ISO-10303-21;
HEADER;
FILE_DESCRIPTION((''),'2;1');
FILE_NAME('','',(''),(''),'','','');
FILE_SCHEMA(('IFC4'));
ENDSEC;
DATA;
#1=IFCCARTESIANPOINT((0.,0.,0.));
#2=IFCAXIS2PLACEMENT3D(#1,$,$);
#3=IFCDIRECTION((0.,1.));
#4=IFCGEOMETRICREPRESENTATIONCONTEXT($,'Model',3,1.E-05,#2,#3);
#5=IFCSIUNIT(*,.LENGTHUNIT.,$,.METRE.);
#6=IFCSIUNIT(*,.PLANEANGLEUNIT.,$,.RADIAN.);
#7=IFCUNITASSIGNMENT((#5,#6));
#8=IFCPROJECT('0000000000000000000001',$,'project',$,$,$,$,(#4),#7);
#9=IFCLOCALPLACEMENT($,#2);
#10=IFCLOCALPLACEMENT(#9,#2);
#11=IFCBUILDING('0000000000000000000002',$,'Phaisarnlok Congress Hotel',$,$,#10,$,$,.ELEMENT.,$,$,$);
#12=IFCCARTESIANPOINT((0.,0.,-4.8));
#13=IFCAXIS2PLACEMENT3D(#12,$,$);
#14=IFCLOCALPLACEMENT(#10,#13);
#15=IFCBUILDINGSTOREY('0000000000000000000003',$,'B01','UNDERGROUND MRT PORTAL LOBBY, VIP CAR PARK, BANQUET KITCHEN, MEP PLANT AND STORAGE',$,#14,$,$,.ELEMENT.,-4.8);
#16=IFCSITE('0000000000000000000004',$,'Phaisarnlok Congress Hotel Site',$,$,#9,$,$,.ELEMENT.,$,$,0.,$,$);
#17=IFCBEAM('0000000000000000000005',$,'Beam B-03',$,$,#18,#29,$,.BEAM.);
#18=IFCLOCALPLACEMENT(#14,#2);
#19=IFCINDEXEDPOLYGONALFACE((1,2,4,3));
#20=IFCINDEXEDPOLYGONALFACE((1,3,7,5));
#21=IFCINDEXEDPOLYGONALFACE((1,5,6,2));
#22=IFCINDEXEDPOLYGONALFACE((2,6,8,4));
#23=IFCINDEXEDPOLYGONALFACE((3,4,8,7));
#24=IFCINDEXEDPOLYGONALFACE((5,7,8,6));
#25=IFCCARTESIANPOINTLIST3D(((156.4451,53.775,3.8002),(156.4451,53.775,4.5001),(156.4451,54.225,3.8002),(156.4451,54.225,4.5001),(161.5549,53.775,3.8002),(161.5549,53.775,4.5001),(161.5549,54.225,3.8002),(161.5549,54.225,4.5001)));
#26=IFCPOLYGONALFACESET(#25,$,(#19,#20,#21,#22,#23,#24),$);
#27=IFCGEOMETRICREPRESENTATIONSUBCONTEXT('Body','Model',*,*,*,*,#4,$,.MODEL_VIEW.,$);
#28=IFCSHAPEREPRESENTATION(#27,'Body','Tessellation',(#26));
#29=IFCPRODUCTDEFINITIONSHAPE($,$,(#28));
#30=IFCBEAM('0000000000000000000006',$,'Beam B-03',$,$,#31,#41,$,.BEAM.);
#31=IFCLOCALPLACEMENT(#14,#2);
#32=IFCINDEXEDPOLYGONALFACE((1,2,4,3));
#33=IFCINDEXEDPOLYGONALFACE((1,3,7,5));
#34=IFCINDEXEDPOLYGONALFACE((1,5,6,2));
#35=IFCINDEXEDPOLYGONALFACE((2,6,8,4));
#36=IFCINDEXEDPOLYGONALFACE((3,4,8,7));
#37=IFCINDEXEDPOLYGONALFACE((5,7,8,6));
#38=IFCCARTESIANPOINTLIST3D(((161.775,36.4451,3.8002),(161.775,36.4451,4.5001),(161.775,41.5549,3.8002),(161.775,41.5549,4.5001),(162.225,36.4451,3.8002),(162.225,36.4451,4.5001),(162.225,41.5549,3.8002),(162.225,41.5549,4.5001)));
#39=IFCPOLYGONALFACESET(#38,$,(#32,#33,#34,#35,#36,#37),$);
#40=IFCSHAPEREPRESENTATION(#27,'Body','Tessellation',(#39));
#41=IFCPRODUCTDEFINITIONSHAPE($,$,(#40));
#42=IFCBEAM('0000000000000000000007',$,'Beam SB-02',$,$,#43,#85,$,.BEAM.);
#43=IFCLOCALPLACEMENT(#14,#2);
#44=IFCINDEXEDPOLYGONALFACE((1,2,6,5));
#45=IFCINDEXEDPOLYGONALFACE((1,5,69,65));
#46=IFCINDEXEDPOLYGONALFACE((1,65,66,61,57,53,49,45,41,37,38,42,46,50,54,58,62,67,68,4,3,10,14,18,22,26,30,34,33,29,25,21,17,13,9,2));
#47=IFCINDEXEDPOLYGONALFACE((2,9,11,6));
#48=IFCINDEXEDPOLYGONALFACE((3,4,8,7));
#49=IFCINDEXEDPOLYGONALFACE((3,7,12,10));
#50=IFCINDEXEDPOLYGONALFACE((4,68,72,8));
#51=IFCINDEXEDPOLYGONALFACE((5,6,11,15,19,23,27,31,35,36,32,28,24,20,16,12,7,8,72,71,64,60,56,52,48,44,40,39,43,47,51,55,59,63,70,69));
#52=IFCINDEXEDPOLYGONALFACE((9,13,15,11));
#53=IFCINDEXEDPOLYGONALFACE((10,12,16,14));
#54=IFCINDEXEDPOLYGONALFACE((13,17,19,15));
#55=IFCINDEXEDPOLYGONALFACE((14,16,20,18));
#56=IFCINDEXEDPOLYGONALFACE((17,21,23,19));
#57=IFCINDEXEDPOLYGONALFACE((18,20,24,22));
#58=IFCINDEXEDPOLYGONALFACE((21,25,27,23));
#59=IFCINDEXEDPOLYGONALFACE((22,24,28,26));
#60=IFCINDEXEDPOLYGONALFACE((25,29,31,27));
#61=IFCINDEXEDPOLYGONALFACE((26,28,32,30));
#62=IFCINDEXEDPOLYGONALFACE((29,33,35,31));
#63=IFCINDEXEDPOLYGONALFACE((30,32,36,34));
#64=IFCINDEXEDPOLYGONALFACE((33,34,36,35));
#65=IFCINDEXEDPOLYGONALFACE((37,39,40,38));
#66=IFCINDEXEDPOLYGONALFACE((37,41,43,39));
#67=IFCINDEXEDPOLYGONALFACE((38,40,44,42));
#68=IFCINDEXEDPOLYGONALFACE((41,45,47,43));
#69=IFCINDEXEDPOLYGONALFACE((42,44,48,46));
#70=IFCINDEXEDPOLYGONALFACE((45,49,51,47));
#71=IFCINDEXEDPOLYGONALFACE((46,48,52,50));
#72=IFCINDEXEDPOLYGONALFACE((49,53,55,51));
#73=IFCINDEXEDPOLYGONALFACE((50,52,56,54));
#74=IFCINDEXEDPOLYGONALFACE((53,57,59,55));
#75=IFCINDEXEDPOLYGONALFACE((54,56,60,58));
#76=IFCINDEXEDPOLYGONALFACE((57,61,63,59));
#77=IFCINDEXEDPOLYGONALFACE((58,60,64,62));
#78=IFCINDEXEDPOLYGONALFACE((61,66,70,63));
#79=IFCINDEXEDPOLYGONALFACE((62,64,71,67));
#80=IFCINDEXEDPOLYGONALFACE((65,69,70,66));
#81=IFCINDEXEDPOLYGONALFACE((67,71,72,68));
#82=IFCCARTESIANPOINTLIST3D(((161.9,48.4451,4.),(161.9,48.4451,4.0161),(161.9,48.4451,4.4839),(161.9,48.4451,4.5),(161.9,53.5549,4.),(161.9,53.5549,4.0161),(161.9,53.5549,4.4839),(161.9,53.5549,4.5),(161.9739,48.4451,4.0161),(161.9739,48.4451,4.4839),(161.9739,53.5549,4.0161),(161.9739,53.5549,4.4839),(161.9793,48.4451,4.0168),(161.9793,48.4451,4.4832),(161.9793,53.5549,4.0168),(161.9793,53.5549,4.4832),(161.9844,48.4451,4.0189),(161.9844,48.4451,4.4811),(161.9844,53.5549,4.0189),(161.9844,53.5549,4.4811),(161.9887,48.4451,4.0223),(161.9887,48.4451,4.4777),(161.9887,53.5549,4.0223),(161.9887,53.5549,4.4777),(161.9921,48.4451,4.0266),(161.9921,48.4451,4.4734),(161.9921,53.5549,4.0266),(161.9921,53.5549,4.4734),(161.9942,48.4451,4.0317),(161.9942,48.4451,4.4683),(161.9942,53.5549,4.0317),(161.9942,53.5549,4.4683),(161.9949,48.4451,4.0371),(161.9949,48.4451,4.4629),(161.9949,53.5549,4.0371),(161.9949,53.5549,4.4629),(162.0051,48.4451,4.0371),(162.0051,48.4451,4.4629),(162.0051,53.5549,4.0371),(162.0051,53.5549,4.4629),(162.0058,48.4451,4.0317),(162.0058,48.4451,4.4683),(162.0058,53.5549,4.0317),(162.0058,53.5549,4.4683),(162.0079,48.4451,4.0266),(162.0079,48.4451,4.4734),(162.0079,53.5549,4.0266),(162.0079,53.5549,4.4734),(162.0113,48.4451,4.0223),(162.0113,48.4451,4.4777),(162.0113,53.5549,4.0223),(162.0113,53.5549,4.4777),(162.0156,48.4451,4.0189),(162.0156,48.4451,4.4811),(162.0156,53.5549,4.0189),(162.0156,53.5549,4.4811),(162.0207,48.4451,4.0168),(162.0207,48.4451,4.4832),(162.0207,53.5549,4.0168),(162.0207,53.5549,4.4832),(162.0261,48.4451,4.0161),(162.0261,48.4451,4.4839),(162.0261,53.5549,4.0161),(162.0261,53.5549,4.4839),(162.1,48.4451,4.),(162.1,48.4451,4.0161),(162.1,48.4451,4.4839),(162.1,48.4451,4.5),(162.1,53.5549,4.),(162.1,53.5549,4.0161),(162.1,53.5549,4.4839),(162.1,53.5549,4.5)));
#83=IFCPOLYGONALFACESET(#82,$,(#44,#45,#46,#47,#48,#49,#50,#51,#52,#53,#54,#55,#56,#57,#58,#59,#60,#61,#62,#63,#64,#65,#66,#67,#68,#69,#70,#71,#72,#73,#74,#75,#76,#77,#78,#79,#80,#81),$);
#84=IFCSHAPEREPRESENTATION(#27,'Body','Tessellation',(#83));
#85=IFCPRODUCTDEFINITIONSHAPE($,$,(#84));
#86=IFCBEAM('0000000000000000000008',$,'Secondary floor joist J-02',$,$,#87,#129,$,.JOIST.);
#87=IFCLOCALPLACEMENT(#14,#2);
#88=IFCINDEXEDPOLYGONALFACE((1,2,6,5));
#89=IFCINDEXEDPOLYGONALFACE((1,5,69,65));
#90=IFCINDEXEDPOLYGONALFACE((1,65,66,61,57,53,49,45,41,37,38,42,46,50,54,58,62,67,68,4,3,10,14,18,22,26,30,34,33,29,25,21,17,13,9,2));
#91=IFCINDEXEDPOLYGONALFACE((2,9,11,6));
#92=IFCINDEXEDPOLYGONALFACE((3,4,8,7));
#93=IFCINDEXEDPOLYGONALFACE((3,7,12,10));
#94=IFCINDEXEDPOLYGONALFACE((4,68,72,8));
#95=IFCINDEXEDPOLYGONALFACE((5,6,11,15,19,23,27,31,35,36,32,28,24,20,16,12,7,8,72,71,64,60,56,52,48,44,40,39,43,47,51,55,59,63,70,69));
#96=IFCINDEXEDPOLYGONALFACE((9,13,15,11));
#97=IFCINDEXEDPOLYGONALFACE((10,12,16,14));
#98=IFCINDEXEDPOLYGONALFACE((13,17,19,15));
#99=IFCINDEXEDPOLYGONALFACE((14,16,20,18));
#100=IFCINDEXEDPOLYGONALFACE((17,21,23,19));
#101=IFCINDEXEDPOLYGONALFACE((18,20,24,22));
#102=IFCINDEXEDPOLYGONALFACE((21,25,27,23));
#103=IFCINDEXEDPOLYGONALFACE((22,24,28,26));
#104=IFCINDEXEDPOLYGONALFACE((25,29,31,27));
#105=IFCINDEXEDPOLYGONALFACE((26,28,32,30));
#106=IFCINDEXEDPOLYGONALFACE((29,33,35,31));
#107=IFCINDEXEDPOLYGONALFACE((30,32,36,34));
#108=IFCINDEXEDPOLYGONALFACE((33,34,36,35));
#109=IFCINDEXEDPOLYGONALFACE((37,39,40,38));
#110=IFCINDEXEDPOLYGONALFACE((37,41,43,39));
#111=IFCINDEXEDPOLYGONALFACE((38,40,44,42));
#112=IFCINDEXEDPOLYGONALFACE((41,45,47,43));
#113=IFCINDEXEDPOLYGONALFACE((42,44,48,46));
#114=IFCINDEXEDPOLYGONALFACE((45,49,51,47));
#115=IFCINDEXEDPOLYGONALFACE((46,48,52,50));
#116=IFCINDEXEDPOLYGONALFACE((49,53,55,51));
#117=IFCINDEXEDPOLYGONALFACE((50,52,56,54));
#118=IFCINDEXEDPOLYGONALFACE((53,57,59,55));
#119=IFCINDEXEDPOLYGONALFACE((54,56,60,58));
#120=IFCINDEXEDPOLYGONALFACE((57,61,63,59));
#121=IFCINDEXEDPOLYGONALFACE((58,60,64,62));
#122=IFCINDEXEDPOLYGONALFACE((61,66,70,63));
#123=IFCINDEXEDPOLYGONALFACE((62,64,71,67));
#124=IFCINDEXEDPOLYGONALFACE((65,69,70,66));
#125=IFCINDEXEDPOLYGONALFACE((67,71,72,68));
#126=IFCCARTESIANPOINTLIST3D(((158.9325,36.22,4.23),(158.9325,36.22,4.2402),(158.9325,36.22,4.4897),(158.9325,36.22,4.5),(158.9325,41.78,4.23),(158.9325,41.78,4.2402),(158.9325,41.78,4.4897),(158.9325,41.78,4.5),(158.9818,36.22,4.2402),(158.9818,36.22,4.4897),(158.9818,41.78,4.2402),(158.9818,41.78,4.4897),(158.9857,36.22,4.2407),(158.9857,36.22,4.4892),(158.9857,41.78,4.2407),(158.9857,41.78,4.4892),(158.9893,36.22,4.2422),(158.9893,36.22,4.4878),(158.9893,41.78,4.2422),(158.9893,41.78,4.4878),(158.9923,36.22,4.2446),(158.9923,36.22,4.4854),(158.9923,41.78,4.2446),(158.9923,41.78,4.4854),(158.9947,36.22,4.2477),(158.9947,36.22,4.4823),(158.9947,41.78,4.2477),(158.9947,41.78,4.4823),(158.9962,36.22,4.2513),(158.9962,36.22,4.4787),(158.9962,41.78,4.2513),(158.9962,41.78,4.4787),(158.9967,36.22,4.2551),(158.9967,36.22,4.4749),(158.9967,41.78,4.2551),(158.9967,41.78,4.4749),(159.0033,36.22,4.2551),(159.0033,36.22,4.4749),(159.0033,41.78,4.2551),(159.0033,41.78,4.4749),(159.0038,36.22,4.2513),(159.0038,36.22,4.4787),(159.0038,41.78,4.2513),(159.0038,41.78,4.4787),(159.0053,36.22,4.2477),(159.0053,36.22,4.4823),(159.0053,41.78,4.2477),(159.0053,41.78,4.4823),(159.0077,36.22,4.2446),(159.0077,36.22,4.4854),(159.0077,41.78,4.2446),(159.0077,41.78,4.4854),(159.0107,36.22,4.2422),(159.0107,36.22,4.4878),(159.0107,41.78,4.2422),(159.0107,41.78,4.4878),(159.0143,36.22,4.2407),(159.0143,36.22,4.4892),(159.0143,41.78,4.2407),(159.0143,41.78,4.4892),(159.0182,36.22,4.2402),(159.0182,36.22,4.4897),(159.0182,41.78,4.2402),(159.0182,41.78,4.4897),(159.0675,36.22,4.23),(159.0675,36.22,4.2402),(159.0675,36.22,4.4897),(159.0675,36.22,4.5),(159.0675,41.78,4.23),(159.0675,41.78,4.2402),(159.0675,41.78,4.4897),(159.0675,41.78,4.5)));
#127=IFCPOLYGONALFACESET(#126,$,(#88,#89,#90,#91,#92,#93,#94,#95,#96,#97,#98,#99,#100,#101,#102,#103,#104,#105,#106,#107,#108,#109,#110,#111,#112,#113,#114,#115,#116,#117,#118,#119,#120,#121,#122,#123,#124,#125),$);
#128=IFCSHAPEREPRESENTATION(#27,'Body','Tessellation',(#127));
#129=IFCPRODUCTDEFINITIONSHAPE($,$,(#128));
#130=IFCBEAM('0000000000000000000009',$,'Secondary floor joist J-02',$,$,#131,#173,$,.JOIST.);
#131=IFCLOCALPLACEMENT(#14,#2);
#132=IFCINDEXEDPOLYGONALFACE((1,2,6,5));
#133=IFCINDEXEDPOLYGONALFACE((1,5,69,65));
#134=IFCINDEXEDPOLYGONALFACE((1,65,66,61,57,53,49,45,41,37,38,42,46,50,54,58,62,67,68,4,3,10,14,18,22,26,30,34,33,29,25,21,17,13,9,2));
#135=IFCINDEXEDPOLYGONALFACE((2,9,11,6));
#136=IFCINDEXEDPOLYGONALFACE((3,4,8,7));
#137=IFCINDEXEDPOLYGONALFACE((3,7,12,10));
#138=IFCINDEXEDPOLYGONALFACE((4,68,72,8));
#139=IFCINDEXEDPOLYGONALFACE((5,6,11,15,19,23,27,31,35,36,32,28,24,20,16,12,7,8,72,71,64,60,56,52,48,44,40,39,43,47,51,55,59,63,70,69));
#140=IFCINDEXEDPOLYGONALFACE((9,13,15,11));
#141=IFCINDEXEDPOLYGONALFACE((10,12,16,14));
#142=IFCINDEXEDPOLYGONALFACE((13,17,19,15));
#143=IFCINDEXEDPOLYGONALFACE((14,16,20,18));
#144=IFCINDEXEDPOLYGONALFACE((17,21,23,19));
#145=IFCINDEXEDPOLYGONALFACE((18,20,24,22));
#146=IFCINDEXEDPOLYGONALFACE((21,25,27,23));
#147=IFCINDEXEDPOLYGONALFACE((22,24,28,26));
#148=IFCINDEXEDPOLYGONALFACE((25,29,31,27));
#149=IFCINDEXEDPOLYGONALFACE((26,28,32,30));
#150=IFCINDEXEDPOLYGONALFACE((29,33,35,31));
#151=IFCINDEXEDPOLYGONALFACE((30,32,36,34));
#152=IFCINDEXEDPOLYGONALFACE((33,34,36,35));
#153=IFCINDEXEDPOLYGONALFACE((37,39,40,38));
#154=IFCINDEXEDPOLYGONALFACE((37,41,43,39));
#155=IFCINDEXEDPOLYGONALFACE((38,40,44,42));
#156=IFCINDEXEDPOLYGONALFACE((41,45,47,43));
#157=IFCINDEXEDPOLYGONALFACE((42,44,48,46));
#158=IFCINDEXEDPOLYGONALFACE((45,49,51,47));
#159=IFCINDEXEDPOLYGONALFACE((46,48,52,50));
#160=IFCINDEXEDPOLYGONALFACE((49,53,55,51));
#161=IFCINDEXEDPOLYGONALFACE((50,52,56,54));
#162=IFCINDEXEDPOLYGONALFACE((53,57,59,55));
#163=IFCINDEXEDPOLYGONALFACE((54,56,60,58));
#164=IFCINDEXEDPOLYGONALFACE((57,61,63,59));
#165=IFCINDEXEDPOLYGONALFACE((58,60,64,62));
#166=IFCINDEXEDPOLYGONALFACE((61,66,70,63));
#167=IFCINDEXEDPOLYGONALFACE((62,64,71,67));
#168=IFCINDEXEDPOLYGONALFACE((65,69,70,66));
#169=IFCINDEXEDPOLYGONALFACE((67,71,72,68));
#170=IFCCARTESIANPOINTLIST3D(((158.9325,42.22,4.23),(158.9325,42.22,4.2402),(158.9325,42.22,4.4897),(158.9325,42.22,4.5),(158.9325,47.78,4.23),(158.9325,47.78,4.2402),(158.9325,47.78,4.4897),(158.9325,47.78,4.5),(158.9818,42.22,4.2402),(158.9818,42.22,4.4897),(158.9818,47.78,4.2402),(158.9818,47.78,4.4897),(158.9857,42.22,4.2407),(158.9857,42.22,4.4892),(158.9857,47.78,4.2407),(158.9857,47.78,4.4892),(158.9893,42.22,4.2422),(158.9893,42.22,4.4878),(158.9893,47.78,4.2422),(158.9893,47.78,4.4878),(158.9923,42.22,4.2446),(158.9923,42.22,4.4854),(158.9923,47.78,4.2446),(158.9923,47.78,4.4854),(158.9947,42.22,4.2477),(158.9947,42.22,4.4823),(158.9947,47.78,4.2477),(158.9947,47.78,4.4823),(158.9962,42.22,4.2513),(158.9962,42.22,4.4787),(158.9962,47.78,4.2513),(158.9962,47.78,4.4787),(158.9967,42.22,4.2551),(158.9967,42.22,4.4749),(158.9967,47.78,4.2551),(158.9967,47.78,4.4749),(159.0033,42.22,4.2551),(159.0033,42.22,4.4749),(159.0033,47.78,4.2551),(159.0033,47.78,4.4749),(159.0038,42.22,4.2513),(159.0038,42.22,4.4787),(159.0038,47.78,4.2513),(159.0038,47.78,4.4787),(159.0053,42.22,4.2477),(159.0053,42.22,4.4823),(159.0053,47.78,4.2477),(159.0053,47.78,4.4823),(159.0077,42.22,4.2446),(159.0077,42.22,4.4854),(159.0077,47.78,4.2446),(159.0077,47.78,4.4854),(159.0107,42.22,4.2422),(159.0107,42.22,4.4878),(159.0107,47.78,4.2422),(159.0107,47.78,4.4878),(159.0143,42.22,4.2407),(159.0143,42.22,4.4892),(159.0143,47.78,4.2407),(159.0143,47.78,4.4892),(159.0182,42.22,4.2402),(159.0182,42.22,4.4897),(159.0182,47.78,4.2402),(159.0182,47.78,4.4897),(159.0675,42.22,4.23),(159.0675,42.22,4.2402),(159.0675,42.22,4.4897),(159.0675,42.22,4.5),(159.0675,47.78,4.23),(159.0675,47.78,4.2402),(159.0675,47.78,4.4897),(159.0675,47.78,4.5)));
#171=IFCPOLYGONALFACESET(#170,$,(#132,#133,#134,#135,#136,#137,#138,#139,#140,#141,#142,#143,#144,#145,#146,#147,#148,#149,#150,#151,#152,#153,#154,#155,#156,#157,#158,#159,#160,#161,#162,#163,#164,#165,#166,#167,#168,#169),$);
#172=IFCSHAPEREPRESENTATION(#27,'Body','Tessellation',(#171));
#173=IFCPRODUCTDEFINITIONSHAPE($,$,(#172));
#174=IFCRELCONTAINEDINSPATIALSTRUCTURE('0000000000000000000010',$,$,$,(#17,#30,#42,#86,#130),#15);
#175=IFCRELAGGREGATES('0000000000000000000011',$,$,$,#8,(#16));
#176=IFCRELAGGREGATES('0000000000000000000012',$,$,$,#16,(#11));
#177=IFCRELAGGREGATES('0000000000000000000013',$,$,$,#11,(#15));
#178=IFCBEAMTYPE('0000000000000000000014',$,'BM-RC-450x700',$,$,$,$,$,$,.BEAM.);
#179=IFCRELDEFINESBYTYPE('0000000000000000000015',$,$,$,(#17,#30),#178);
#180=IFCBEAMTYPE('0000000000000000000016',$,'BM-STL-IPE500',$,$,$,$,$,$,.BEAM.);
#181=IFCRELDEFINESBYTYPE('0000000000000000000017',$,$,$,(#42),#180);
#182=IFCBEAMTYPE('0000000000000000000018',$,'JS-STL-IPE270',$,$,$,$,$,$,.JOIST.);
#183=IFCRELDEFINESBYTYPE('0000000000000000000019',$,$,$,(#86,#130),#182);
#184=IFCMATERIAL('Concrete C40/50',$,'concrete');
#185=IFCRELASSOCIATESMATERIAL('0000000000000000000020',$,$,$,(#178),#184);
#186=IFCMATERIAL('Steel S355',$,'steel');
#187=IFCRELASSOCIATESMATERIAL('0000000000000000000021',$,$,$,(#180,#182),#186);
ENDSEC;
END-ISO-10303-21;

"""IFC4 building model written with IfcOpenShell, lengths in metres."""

from ifc_helpers import new_model, si_unit, direction, frame, origin, origin_2d, place, context, subcontext, project, spatial, rectangle, i_section, extrude, material, material_profile, profile_set, type_object, element, save


model = new_model("IFC4")

# Units and contexts
model_context = context("Model", 3, precision=1e-05, world=origin(), true_north=direction((0.0, 1.0)))
body_context = subcontext(model_context, "Body", "Model", "MODEL_VIEW")
ifc_project = project(units=[si_unit("LENGTHUNIT", "METRE"), si_unit("PLANEANGLEUNIT", "RADIAN")], contexts=[model_context])

# Site, building, storey
site_placement = place(None, origin())
site = spatial("IfcSite", under=ifc_project, at=site_placement, Name="Phaisarnlok Congress Hotel Site", CompositionType="ELEMENT", RefElevation=0.0)
building_placement = place(site_placement, origin())
building = spatial("IfcBuilding", under=site, at=building_placement, Name="Phaisarnlok Congress Hotel", CompositionType="ELEMENT")
storey_placement = place(building_placement, frame((0.0, 0.0, -4.8)))
storey = spatial("IfcBuildingStorey", under=building, at=storey_placement, Name="B01", Description="UNDERGROUND MRT PORTAL LOBBY, VIP CAR PARK, BANQUET KITCHEN, MEP PLANT AND STORAGE", CompositionType="ELEMENT", Elevation=-4.8)

# Shared definitions
ifc_material_1 = material(Name="Concrete C40/50", Category="concrete")

# Beams
ifc_material_profile_1 = material_profile(ifc_material_1, rectangle(XDim=0.45, YDim=0.7, at=origin_2d()), Name="RC 450x700")
ifc_profile_set_1 = profile_set([ifc_material_profile_1], Name="Concrete C40/50")
beam_type_1 = type_object("IfcBeamType", Name="BM-RC-450x700", PredefinedType="BEAM", material=ifc_profile_set_1)
for number, where, z_axis, x_axis, name in (
    (1, (156.4451, 54.0, 4.1501), (1.0, 0.0, 0.0), (0.0, 1.0, 0.0), "Beam B-03"),
    (2, (162.0, 36.4451, 4.1501), (0.0, 1.0, 0.0), (-1.0, 0.0, 0.0), "Beam B-03"),
):
    element("IfcBeam", number, at=place(storey_placement, frame(where, z_axis=z_axis, x_axis=x_axis)), inside=storey, type_object=beam_type_1, Name=name, PredefinedType="BEAM", context=body_context, shape_type="SweptSolid", body=[
        extrude(rectangle(XDim=0.45, YDim=0.7, at=origin_2d()), origin(), (0.0, 0.0, 1.0), 5.1099),
    ])
ifc_material_2 = material(Name="Steel S355", Category="steel")
ifc_material_profile_2 = material_profile(ifc_material_2, i_section(OverallWidth=0.2, OverallDepth=0.5, WebThickness=0.0103, FlangeThickness=0.0161, FilletRadius=0.021, at=origin_2d()), Name="IPE 500")
ifc_profile_set_2 = profile_set([ifc_material_profile_2], Name="Steel S355")
beam_type_2 = type_object("IfcBeamType", Name="BM-STL-IPE500", PredefinedType="BEAM", material=ifc_profile_set_2)
beam_1_placement = place(storey_placement, frame((162.0, 48.4451, 4.25), z_axis=(0.0, 1.0, 0.0), x_axis=(-1.0, 0.0, 0.0)))
element("IfcBeam", 3, at=beam_1_placement, inside=storey, type_object=beam_type_2, Name="Beam SB-02", PredefinedType="BEAM", context=body_context, shape_type="SweptSolid", body=[
    extrude(i_section(OverallWidth=0.2, OverallDepth=0.5, WebThickness=0.0103, FlangeThickness=0.0161, FilletRadius=0.021, at=origin_2d()), origin(), (0.0, 0.0, 1.0), 5.1099),
])
ifc_material_profile_3 = material_profile(ifc_material_2, i_section(OverallWidth=0.135, OverallDepth=0.27, WebThickness=0.0066, FlangeThickness=0.0103, FilletRadius=0.0149, at=origin_2d()), Name="IPE 270")
ifc_profile_set_3 = profile_set([ifc_material_profile_3], Name="Steel S355")
beam_type_3 = type_object("IfcBeamType", Name="JS-STL-IPE270", PredefinedType="JOIST", material=ifc_profile_set_3)
for number, where, z_axis, x_axis, name in (
    (4, (159.0, 36.22, 4.365), (0.0, 1.0, 0.0), (-1.0, 0.0, 0.0), "Secondary floor joist J-02"),
    (5, (159.0, 42.22, 4.365), (0.0, 1.0, 0.0), (-1.0, 0.0, 0.0), "Secondary floor joist J-02"),
):
    element("IfcBeam", number, at=place(storey_placement, frame(where, z_axis=z_axis, x_axis=x_axis)), inside=storey, type_object=beam_type_3, Name=name, PredefinedType="JOIST", context=body_context, shape_type="SweptSolid", body=[
        extrude(i_section(OverallWidth=0.135, OverallDepth=0.27, WebThickness=0.0066, FlangeThickness=0.0103, FilletRadius=0.0149, at=origin_2d()), origin(), (0.0, 0.0, 1.0), 5.5601),
    ])

save(model, "model.ifc")
